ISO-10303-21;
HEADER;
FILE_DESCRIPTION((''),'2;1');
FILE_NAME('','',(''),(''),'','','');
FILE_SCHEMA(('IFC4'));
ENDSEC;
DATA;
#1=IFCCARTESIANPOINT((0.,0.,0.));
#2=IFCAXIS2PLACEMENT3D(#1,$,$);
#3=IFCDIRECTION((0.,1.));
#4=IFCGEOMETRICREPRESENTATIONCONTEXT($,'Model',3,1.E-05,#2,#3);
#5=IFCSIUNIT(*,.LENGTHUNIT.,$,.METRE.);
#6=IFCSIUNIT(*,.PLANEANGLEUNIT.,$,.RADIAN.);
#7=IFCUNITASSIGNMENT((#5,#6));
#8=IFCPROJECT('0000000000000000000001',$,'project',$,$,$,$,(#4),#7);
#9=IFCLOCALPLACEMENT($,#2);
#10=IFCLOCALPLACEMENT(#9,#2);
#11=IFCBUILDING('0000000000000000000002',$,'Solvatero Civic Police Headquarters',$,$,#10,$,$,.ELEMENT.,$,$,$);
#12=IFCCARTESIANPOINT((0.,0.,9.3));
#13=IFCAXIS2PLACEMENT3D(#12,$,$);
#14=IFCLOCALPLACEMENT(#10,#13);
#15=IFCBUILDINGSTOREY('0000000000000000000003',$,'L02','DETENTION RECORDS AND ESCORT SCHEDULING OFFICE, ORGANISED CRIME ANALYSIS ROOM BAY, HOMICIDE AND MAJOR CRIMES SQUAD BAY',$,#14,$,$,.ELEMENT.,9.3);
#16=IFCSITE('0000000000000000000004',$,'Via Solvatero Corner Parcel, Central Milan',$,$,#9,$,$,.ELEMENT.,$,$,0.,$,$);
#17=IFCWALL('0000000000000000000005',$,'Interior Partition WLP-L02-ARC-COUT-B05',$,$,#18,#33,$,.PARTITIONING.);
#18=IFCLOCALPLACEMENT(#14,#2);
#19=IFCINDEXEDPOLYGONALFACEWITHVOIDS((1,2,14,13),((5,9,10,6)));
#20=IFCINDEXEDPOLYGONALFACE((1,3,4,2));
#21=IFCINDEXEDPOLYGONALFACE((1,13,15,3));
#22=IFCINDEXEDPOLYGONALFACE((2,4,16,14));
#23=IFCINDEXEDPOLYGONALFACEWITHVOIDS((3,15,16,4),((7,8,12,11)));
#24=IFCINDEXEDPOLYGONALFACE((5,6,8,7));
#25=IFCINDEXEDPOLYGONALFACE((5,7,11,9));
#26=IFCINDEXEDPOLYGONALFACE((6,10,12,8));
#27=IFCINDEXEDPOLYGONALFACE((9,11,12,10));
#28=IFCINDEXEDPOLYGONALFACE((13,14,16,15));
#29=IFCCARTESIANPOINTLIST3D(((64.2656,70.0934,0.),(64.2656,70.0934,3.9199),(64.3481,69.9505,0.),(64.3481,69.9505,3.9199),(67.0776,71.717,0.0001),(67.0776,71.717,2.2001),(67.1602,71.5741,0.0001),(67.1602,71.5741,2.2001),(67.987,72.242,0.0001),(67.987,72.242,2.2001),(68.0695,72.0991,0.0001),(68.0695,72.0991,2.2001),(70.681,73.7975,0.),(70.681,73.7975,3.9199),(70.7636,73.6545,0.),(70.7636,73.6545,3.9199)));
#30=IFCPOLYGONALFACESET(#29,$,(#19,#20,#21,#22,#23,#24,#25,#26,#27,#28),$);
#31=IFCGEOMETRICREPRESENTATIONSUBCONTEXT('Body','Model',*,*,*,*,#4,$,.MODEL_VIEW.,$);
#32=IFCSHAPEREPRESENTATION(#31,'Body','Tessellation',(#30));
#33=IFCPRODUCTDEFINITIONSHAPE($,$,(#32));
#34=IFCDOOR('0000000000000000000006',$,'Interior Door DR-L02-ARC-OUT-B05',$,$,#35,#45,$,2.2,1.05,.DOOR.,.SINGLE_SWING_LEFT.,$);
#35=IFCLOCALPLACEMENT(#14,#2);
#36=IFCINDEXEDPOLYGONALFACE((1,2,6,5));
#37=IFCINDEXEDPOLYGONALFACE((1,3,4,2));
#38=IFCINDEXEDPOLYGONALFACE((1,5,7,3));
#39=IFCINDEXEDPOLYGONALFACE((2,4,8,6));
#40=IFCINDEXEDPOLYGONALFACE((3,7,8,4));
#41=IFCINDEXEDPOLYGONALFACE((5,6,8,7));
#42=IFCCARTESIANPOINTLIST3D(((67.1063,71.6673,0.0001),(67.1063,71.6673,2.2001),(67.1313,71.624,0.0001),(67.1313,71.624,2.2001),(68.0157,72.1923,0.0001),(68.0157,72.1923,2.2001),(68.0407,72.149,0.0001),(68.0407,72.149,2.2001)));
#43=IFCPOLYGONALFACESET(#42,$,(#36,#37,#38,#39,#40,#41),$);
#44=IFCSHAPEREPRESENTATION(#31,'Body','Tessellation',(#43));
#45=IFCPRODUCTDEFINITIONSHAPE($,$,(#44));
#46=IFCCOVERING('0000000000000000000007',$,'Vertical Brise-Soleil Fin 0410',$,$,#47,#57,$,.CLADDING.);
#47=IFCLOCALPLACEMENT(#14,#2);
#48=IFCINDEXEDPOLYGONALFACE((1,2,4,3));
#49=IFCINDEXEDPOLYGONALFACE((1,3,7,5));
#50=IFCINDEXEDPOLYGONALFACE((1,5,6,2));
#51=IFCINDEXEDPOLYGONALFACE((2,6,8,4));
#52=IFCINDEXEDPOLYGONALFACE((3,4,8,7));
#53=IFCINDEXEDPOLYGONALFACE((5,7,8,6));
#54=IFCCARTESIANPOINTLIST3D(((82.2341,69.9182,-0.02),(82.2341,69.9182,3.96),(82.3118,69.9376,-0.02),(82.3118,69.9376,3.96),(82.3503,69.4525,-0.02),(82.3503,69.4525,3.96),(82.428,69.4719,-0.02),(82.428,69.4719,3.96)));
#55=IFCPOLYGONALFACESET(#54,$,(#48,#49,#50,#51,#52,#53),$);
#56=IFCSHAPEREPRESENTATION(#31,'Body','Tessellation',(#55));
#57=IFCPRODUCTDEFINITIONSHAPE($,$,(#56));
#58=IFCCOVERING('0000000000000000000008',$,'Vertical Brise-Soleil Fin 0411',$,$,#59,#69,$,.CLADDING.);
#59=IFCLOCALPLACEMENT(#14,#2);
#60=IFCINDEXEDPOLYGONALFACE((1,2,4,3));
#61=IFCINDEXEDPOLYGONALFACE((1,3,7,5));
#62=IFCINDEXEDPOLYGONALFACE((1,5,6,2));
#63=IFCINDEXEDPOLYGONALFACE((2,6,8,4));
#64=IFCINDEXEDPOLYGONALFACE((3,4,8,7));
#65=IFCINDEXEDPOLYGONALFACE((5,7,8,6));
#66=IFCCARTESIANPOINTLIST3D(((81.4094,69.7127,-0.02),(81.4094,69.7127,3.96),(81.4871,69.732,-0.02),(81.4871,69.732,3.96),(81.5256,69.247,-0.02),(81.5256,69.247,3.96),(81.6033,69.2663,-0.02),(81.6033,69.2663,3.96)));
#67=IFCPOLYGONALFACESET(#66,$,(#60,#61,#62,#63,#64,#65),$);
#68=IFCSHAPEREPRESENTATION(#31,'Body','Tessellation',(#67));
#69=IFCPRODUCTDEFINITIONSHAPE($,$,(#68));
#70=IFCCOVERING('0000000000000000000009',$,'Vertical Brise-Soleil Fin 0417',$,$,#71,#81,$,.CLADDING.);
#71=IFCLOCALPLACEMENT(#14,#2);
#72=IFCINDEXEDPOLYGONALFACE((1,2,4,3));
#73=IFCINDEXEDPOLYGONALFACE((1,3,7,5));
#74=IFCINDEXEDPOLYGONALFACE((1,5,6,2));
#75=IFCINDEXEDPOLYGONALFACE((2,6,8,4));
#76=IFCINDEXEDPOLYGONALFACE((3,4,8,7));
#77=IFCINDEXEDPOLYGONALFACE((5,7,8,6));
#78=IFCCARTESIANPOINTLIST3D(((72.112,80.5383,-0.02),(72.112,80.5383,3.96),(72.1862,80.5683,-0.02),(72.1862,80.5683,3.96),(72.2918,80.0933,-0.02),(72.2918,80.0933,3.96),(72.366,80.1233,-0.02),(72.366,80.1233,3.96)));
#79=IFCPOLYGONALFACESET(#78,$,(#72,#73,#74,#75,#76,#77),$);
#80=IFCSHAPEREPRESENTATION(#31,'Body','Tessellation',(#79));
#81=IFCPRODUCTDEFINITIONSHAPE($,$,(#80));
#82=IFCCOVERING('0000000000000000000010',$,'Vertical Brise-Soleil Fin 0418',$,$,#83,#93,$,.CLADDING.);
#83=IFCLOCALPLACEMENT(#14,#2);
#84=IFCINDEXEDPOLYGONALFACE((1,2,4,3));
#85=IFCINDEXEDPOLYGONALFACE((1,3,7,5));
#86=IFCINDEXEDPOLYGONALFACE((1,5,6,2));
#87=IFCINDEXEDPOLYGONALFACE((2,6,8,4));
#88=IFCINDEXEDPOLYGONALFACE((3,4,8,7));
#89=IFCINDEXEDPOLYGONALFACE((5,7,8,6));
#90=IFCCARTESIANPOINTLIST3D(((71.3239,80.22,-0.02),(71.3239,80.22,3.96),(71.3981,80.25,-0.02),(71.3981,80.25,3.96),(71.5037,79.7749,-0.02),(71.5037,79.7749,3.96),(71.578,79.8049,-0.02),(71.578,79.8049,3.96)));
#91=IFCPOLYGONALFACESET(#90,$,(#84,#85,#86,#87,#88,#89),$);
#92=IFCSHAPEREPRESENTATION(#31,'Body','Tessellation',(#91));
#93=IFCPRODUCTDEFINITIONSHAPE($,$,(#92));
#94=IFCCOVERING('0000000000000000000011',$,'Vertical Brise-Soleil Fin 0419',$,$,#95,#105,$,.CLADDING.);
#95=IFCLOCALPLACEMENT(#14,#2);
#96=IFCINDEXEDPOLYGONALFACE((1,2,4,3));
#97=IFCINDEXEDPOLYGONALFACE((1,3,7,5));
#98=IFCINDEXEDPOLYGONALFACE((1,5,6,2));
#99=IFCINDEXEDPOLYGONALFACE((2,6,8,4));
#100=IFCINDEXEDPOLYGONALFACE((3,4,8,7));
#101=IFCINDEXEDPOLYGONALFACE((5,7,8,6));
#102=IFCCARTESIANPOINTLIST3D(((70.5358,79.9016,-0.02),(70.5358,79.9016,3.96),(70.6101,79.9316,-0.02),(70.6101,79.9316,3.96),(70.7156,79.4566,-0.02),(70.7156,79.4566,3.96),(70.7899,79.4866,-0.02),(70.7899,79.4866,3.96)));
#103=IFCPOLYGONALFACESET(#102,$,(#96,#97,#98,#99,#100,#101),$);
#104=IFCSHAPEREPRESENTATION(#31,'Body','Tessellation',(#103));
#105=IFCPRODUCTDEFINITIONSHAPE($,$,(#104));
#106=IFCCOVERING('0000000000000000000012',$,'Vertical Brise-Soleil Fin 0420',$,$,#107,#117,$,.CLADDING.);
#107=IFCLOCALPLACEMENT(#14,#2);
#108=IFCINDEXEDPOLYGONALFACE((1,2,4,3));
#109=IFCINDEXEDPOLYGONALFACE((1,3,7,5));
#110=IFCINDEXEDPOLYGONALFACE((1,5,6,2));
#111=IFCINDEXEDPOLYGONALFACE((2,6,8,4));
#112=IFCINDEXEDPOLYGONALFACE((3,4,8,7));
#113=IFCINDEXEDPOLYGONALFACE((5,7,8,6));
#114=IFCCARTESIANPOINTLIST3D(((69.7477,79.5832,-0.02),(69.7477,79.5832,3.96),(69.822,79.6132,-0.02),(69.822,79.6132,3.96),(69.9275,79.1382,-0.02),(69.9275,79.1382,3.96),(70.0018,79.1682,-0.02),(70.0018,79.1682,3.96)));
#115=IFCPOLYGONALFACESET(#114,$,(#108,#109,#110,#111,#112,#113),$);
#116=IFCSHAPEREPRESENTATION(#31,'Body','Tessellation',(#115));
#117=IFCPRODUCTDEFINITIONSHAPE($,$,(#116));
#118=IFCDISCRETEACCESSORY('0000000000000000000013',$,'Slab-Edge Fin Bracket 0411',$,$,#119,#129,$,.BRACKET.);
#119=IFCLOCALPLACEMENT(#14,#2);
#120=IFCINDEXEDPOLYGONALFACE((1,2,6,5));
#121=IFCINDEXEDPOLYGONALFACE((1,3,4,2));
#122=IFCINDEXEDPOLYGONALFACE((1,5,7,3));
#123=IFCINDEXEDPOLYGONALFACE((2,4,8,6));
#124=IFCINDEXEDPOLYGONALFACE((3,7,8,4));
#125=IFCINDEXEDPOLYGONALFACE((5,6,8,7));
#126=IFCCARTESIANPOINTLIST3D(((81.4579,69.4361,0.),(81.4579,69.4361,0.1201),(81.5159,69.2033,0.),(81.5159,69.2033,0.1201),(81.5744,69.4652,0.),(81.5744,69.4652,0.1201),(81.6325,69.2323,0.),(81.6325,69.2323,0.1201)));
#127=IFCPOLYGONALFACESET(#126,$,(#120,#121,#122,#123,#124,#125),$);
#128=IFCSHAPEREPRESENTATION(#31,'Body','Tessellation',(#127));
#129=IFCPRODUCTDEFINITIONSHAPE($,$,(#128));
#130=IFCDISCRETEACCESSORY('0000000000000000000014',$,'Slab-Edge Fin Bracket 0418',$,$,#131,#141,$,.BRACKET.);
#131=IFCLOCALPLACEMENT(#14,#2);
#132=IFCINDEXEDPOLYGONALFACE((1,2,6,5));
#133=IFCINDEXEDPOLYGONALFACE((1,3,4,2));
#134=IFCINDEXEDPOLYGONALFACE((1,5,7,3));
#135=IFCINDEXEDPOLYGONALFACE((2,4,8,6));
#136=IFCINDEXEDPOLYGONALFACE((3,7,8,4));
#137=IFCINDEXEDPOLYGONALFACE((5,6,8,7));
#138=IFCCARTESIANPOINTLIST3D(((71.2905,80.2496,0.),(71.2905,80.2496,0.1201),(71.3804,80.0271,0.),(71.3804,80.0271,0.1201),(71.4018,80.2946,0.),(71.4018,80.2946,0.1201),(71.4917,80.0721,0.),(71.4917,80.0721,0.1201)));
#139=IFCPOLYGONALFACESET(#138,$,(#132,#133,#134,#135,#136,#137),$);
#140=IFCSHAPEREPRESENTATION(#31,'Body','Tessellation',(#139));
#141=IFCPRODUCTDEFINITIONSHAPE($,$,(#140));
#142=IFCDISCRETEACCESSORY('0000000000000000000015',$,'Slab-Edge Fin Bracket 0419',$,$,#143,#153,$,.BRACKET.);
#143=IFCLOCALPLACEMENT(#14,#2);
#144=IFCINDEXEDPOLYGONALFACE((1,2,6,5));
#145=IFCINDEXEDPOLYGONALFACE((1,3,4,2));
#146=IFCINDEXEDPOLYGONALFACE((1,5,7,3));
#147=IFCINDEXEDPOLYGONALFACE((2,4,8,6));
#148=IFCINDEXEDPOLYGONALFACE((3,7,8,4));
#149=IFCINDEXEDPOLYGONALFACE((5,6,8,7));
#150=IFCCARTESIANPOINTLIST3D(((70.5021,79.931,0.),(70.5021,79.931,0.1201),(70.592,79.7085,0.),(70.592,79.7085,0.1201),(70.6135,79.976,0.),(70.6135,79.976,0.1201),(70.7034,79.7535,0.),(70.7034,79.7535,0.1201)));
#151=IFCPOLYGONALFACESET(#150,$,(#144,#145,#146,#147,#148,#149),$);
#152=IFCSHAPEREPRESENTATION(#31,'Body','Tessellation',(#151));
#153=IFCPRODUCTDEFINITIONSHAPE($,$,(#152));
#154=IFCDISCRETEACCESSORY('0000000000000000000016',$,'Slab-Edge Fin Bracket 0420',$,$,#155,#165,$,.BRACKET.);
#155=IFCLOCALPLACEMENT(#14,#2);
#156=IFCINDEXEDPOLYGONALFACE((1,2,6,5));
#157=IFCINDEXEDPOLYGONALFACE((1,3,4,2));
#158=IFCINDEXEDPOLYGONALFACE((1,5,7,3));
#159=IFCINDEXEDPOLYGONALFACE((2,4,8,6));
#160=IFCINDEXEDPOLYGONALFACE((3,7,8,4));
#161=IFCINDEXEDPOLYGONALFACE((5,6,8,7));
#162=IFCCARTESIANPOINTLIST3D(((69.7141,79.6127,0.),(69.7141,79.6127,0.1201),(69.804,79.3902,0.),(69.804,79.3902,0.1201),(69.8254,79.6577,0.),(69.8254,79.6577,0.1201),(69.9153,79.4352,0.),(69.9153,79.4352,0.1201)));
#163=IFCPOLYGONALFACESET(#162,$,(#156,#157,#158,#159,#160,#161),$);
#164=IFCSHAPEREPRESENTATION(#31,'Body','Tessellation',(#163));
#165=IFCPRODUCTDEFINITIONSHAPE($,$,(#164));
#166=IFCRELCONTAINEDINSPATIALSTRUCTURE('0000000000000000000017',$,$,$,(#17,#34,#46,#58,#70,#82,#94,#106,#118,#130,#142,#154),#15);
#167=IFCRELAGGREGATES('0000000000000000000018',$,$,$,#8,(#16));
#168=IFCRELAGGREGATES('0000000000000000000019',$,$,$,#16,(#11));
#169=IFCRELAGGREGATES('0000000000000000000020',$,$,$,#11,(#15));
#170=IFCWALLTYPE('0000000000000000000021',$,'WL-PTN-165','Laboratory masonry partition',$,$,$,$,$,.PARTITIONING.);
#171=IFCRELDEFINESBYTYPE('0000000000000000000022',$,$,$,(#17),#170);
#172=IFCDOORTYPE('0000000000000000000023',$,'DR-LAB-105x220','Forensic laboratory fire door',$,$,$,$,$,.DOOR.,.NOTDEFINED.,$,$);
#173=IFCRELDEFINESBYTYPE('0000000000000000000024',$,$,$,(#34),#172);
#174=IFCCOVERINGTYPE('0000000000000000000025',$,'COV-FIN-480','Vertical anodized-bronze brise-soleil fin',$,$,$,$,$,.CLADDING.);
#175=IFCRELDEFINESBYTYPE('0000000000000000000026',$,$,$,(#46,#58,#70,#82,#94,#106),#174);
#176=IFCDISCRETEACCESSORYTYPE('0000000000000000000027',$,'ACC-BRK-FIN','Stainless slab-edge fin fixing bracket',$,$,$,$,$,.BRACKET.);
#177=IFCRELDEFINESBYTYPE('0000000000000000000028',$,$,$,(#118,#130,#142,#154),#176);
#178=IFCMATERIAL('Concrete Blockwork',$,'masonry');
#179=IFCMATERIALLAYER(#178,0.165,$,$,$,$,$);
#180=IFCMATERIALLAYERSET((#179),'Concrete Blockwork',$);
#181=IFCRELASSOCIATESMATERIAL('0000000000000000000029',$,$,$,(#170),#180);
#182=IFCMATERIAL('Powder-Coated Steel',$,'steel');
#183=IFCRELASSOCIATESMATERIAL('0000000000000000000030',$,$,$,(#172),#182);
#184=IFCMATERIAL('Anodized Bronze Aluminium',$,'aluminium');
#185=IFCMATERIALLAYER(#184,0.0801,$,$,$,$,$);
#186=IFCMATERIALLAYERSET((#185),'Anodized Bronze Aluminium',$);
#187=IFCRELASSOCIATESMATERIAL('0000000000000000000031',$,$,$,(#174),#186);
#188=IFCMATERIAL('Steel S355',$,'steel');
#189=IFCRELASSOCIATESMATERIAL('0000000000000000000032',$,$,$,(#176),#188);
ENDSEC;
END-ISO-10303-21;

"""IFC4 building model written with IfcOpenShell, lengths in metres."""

from ifc_helpers import new_model, si_unit, direction, frame, frame_2d, origin, origin_2d, place, context, subcontext, project, spatial, rectangle, extrude, material, layer, layer_set, type_object, element, fill, save


model = new_model("IFC4")

# Units and contexts
model_context = context("Model", 3, precision=1e-05, world=origin(), true_north=direction((0.0, 1.0)))
body_context = subcontext(model_context, "Body", "Model", "MODEL_VIEW")
ifc_project = project(units=[si_unit("LENGTHUNIT", "METRE"), si_unit("PLANEANGLEUNIT", "RADIAN")], contexts=[model_context])

# Site, building, storey
site_placement = place(None, origin())
site = spatial("IfcSite", under=ifc_project, at=site_placement, Name="Via Solvatero Corner Parcel, Central Milan", CompositionType="ELEMENT", RefElevation=0.0)
building_placement = place(site_placement, origin())
building = spatial("IfcBuilding", under=site, at=building_placement, Name="Solvatero Civic Police Headquarters", CompositionType="ELEMENT")
storey_placement = place(building_placement, frame((0.0, 0.0, 9.3)))
storey = spatial("IfcBuildingStorey", under=building, at=storey_placement, Name="L02", Description="DETENTION RECORDS AND ESCORT SCHEDULING OFFICE, ORGANISED CRIME ANALYSIS ROOM BAY, HOMICIDE AND MAJOR CRIMES SQUAD BAY", CompositionType="ELEMENT", Elevation=9.3)

# Shared definitions
ifc_material_1 = material(Name="Steel S355", Category="steel")

# Shared definitions
ifc_material_2 = material(Name="Anodized Bronze Aluminium", Category="aluminium")

# Wall, opening, door
ifc_material_3 = material(Name="Powder-Coated Steel", Category="steel")
ifc_material_4 = material(Name="Concrete Blockwork", Category="masonry")
ifc_layer_1 = layer(ifc_material_4, 0.165)
ifc_layer_set_1 = layer_set([ifc_layer_1], Name="Concrete Blockwork")
wall_type_1 = type_object("IfcWallType", Name="WL-PTN-165", Description="Laboratory masonry partition", PredefinedType="PARTITIONING", material=ifc_layer_set_1)
wall_1_placement = place(storey_placement, frame((70.7224, 73.7261, 0.0), z_axis=(0.0, 0.0, 1.0), x_axis=(-0.86602, -0.50001, 0.0)))
wall_1 = element("IfcWall", 1, at=wall_1_placement, inside=storey, type_object=wall_type_1, Name="Interior Partition WLP-L02-ARC-COUT-B05", PredefinedType="PARTITIONING", context=body_context, shape_type="SweptSolid", body=[
    extrude(rectangle(XDim=7.408, YDim=0.165, at=frame_2d((3.7041, 0.0))), origin(), (0.0, 0.0, 1.0), 3.9199),
])
opening_1_placement = place(wall_1_placement, frame((3.1111, 0.0, 0.0)))
opening_1 = element("IfcOpeningElement", 2, at=opening_1_placement, cuts=wall_1, PredefinedType="OPENING", context=body_context, shape_type="SweptSolid", body=[
    extrude(rectangle(XDim=1.05, YDim=2.2, at=frame_2d((0.5249, 1.1001))), frame((0.0, 0.0925, 0.0), z_axis=(0.0, -1.0, 0.0), x_axis=(1.0, 0.0, 0.0)), (0.0, 0.0, 1.0), 0.1851),
])
door_type_1 = type_object("IfcDoorType", Name="DR-LAB-105x220", Description="Forensic laboratory fire door", OperationType="NOTDEFINED", PredefinedType="DOOR", material=ifc_material_3)
door_1_placement = place(opening_1_placement, origin())
door_1 = element("IfcDoor", 3, at=door_1_placement, inside=storey, type_object=door_type_1, Name="Interior Door DR-L02-ARC-OUT-B05", OperationType="SINGLE_SWING_LEFT", OverallHeight=2.2, OverallWidth=1.05, PredefinedType="DOOR", context=body_context, shape_type="SweptSolid", body=[
    extrude(rectangle(XDim=1.05, YDim=2.2, at=frame_2d((0.5249, 1.1001))), frame((0.0, 0.0249, 0.0), z_axis=(0.0, -1.0, 0.0), x_axis=(1.0, 0.0, 0.0)), (0.0, 0.0, 1.0), 0.05),
])
fill(opening_1, door_1)

# Coverings
ifc_layer_2 = layer(ifc_material_2, 0.0801)
ifc_layer_set_2 = layer_set([ifc_layer_2], Name="Anodized Bronze Aluminium")
covering_type = type_object("IfcCoveringType", Name="COV-FIN-480", Description="Vertical anodized-bronze brise-soleil fin", PredefinedType="CLADDING", material=ifc_layer_set_2)
for number, where, z_axis, x_axis, name in (
    (4, (82.3311, 69.6951, -0.02), (0.0, 0.0, 1.0), (-0.970296, -0.241922, 0.0), "Vertical Brise-Soleil Fin 0410"),
    (5, (81.5063, 69.4895, -0.02), (0.0, 0.0, 1.0), (-0.970296, -0.241922, 0.0), "Vertical Brise-Soleil Fin 0411"),
    (6, (72.239, 80.3308, -0.02), (0.0, 0.0, 1.0), (-0.927184, -0.374607, 0.0), "Vertical Brise-Soleil Fin 0417"),
    (7, (71.4509, 80.0125, -0.02), (0.0, 0.0, 1.0), (-0.927184, -0.374607, 0.0), "Vertical Brise-Soleil Fin 0418"),
    (8, (70.6628, 79.6941, -0.02), (0.0, 0.0, 1.0), (-0.927184, -0.374607, 0.0), "Vertical Brise-Soleil Fin 0419"),
    (9, (69.8748, 79.3757, -0.02), (0.0, 0.0, 1.0), (-0.927184, -0.374607, 0.0), "Vertical Brise-Soleil Fin 0420"),
):
    element("IfcCovering", number, at=place(storey_placement, frame(where, z_axis=z_axis, x_axis=x_axis)), inside=storey, type_object=covering_type, Name=name, PredefinedType="CLADDING", context=body_context, shape_type="SweptSolid", body=[
        extrude(rectangle(XDim=0.0801, YDim=0.48, at=origin_2d()), origin(), (0.0, 0.0, 1.0), 3.98),
    ])

# Discrete accessories
discrete_accessory_type = type_object("IfcDiscreteAccessoryType", Name="ACC-BRK-FIN", Description="Stainless slab-edge fin fixing bracket", PredefinedType="BRACKET", material=ifc_material_1)
for number, where, z_axis, x_axis, name in (
    (10, (81.5452, 69.3342, 0.0), (0.0, 0.0, 1.0), (-0.970296, -0.241922, 0.0), "Slab-Edge Fin Bracket 0411"),
    (11, (71.3911, 80.1609, 0.0), (0.0, 0.0, 1.0), (-0.927184, -0.374607, 0.0), "Slab-Edge Fin Bracket 0418"),
    (12, (70.6028, 79.8423, 0.0), (0.0, 0.0, 1.0), (-0.927184, -0.374607, 0.0), "Slab-Edge Fin Bracket 0419"),
    (13, (69.8147, 79.5239, 0.0), (0.0, 0.0, 1.0), (-0.927184, -0.374607, 0.0), "Slab-Edge Fin Bracket 0420"),
):
    element("IfcDiscreteAccessory", number, at=place(storey_placement, frame(where, z_axis=z_axis, x_axis=x_axis)), inside=storey, type_object=discrete_accessory_type, Name=name, PredefinedType="BRACKET", context=body_context, shape_type="SweptSolid", body=[
        extrude(rectangle(XDim=0.1201, YDim=0.24, at=origin_2d()), origin(), (0.0, 0.0, 1.0), 0.1201),
    ])

save(model, "model.ifc")
